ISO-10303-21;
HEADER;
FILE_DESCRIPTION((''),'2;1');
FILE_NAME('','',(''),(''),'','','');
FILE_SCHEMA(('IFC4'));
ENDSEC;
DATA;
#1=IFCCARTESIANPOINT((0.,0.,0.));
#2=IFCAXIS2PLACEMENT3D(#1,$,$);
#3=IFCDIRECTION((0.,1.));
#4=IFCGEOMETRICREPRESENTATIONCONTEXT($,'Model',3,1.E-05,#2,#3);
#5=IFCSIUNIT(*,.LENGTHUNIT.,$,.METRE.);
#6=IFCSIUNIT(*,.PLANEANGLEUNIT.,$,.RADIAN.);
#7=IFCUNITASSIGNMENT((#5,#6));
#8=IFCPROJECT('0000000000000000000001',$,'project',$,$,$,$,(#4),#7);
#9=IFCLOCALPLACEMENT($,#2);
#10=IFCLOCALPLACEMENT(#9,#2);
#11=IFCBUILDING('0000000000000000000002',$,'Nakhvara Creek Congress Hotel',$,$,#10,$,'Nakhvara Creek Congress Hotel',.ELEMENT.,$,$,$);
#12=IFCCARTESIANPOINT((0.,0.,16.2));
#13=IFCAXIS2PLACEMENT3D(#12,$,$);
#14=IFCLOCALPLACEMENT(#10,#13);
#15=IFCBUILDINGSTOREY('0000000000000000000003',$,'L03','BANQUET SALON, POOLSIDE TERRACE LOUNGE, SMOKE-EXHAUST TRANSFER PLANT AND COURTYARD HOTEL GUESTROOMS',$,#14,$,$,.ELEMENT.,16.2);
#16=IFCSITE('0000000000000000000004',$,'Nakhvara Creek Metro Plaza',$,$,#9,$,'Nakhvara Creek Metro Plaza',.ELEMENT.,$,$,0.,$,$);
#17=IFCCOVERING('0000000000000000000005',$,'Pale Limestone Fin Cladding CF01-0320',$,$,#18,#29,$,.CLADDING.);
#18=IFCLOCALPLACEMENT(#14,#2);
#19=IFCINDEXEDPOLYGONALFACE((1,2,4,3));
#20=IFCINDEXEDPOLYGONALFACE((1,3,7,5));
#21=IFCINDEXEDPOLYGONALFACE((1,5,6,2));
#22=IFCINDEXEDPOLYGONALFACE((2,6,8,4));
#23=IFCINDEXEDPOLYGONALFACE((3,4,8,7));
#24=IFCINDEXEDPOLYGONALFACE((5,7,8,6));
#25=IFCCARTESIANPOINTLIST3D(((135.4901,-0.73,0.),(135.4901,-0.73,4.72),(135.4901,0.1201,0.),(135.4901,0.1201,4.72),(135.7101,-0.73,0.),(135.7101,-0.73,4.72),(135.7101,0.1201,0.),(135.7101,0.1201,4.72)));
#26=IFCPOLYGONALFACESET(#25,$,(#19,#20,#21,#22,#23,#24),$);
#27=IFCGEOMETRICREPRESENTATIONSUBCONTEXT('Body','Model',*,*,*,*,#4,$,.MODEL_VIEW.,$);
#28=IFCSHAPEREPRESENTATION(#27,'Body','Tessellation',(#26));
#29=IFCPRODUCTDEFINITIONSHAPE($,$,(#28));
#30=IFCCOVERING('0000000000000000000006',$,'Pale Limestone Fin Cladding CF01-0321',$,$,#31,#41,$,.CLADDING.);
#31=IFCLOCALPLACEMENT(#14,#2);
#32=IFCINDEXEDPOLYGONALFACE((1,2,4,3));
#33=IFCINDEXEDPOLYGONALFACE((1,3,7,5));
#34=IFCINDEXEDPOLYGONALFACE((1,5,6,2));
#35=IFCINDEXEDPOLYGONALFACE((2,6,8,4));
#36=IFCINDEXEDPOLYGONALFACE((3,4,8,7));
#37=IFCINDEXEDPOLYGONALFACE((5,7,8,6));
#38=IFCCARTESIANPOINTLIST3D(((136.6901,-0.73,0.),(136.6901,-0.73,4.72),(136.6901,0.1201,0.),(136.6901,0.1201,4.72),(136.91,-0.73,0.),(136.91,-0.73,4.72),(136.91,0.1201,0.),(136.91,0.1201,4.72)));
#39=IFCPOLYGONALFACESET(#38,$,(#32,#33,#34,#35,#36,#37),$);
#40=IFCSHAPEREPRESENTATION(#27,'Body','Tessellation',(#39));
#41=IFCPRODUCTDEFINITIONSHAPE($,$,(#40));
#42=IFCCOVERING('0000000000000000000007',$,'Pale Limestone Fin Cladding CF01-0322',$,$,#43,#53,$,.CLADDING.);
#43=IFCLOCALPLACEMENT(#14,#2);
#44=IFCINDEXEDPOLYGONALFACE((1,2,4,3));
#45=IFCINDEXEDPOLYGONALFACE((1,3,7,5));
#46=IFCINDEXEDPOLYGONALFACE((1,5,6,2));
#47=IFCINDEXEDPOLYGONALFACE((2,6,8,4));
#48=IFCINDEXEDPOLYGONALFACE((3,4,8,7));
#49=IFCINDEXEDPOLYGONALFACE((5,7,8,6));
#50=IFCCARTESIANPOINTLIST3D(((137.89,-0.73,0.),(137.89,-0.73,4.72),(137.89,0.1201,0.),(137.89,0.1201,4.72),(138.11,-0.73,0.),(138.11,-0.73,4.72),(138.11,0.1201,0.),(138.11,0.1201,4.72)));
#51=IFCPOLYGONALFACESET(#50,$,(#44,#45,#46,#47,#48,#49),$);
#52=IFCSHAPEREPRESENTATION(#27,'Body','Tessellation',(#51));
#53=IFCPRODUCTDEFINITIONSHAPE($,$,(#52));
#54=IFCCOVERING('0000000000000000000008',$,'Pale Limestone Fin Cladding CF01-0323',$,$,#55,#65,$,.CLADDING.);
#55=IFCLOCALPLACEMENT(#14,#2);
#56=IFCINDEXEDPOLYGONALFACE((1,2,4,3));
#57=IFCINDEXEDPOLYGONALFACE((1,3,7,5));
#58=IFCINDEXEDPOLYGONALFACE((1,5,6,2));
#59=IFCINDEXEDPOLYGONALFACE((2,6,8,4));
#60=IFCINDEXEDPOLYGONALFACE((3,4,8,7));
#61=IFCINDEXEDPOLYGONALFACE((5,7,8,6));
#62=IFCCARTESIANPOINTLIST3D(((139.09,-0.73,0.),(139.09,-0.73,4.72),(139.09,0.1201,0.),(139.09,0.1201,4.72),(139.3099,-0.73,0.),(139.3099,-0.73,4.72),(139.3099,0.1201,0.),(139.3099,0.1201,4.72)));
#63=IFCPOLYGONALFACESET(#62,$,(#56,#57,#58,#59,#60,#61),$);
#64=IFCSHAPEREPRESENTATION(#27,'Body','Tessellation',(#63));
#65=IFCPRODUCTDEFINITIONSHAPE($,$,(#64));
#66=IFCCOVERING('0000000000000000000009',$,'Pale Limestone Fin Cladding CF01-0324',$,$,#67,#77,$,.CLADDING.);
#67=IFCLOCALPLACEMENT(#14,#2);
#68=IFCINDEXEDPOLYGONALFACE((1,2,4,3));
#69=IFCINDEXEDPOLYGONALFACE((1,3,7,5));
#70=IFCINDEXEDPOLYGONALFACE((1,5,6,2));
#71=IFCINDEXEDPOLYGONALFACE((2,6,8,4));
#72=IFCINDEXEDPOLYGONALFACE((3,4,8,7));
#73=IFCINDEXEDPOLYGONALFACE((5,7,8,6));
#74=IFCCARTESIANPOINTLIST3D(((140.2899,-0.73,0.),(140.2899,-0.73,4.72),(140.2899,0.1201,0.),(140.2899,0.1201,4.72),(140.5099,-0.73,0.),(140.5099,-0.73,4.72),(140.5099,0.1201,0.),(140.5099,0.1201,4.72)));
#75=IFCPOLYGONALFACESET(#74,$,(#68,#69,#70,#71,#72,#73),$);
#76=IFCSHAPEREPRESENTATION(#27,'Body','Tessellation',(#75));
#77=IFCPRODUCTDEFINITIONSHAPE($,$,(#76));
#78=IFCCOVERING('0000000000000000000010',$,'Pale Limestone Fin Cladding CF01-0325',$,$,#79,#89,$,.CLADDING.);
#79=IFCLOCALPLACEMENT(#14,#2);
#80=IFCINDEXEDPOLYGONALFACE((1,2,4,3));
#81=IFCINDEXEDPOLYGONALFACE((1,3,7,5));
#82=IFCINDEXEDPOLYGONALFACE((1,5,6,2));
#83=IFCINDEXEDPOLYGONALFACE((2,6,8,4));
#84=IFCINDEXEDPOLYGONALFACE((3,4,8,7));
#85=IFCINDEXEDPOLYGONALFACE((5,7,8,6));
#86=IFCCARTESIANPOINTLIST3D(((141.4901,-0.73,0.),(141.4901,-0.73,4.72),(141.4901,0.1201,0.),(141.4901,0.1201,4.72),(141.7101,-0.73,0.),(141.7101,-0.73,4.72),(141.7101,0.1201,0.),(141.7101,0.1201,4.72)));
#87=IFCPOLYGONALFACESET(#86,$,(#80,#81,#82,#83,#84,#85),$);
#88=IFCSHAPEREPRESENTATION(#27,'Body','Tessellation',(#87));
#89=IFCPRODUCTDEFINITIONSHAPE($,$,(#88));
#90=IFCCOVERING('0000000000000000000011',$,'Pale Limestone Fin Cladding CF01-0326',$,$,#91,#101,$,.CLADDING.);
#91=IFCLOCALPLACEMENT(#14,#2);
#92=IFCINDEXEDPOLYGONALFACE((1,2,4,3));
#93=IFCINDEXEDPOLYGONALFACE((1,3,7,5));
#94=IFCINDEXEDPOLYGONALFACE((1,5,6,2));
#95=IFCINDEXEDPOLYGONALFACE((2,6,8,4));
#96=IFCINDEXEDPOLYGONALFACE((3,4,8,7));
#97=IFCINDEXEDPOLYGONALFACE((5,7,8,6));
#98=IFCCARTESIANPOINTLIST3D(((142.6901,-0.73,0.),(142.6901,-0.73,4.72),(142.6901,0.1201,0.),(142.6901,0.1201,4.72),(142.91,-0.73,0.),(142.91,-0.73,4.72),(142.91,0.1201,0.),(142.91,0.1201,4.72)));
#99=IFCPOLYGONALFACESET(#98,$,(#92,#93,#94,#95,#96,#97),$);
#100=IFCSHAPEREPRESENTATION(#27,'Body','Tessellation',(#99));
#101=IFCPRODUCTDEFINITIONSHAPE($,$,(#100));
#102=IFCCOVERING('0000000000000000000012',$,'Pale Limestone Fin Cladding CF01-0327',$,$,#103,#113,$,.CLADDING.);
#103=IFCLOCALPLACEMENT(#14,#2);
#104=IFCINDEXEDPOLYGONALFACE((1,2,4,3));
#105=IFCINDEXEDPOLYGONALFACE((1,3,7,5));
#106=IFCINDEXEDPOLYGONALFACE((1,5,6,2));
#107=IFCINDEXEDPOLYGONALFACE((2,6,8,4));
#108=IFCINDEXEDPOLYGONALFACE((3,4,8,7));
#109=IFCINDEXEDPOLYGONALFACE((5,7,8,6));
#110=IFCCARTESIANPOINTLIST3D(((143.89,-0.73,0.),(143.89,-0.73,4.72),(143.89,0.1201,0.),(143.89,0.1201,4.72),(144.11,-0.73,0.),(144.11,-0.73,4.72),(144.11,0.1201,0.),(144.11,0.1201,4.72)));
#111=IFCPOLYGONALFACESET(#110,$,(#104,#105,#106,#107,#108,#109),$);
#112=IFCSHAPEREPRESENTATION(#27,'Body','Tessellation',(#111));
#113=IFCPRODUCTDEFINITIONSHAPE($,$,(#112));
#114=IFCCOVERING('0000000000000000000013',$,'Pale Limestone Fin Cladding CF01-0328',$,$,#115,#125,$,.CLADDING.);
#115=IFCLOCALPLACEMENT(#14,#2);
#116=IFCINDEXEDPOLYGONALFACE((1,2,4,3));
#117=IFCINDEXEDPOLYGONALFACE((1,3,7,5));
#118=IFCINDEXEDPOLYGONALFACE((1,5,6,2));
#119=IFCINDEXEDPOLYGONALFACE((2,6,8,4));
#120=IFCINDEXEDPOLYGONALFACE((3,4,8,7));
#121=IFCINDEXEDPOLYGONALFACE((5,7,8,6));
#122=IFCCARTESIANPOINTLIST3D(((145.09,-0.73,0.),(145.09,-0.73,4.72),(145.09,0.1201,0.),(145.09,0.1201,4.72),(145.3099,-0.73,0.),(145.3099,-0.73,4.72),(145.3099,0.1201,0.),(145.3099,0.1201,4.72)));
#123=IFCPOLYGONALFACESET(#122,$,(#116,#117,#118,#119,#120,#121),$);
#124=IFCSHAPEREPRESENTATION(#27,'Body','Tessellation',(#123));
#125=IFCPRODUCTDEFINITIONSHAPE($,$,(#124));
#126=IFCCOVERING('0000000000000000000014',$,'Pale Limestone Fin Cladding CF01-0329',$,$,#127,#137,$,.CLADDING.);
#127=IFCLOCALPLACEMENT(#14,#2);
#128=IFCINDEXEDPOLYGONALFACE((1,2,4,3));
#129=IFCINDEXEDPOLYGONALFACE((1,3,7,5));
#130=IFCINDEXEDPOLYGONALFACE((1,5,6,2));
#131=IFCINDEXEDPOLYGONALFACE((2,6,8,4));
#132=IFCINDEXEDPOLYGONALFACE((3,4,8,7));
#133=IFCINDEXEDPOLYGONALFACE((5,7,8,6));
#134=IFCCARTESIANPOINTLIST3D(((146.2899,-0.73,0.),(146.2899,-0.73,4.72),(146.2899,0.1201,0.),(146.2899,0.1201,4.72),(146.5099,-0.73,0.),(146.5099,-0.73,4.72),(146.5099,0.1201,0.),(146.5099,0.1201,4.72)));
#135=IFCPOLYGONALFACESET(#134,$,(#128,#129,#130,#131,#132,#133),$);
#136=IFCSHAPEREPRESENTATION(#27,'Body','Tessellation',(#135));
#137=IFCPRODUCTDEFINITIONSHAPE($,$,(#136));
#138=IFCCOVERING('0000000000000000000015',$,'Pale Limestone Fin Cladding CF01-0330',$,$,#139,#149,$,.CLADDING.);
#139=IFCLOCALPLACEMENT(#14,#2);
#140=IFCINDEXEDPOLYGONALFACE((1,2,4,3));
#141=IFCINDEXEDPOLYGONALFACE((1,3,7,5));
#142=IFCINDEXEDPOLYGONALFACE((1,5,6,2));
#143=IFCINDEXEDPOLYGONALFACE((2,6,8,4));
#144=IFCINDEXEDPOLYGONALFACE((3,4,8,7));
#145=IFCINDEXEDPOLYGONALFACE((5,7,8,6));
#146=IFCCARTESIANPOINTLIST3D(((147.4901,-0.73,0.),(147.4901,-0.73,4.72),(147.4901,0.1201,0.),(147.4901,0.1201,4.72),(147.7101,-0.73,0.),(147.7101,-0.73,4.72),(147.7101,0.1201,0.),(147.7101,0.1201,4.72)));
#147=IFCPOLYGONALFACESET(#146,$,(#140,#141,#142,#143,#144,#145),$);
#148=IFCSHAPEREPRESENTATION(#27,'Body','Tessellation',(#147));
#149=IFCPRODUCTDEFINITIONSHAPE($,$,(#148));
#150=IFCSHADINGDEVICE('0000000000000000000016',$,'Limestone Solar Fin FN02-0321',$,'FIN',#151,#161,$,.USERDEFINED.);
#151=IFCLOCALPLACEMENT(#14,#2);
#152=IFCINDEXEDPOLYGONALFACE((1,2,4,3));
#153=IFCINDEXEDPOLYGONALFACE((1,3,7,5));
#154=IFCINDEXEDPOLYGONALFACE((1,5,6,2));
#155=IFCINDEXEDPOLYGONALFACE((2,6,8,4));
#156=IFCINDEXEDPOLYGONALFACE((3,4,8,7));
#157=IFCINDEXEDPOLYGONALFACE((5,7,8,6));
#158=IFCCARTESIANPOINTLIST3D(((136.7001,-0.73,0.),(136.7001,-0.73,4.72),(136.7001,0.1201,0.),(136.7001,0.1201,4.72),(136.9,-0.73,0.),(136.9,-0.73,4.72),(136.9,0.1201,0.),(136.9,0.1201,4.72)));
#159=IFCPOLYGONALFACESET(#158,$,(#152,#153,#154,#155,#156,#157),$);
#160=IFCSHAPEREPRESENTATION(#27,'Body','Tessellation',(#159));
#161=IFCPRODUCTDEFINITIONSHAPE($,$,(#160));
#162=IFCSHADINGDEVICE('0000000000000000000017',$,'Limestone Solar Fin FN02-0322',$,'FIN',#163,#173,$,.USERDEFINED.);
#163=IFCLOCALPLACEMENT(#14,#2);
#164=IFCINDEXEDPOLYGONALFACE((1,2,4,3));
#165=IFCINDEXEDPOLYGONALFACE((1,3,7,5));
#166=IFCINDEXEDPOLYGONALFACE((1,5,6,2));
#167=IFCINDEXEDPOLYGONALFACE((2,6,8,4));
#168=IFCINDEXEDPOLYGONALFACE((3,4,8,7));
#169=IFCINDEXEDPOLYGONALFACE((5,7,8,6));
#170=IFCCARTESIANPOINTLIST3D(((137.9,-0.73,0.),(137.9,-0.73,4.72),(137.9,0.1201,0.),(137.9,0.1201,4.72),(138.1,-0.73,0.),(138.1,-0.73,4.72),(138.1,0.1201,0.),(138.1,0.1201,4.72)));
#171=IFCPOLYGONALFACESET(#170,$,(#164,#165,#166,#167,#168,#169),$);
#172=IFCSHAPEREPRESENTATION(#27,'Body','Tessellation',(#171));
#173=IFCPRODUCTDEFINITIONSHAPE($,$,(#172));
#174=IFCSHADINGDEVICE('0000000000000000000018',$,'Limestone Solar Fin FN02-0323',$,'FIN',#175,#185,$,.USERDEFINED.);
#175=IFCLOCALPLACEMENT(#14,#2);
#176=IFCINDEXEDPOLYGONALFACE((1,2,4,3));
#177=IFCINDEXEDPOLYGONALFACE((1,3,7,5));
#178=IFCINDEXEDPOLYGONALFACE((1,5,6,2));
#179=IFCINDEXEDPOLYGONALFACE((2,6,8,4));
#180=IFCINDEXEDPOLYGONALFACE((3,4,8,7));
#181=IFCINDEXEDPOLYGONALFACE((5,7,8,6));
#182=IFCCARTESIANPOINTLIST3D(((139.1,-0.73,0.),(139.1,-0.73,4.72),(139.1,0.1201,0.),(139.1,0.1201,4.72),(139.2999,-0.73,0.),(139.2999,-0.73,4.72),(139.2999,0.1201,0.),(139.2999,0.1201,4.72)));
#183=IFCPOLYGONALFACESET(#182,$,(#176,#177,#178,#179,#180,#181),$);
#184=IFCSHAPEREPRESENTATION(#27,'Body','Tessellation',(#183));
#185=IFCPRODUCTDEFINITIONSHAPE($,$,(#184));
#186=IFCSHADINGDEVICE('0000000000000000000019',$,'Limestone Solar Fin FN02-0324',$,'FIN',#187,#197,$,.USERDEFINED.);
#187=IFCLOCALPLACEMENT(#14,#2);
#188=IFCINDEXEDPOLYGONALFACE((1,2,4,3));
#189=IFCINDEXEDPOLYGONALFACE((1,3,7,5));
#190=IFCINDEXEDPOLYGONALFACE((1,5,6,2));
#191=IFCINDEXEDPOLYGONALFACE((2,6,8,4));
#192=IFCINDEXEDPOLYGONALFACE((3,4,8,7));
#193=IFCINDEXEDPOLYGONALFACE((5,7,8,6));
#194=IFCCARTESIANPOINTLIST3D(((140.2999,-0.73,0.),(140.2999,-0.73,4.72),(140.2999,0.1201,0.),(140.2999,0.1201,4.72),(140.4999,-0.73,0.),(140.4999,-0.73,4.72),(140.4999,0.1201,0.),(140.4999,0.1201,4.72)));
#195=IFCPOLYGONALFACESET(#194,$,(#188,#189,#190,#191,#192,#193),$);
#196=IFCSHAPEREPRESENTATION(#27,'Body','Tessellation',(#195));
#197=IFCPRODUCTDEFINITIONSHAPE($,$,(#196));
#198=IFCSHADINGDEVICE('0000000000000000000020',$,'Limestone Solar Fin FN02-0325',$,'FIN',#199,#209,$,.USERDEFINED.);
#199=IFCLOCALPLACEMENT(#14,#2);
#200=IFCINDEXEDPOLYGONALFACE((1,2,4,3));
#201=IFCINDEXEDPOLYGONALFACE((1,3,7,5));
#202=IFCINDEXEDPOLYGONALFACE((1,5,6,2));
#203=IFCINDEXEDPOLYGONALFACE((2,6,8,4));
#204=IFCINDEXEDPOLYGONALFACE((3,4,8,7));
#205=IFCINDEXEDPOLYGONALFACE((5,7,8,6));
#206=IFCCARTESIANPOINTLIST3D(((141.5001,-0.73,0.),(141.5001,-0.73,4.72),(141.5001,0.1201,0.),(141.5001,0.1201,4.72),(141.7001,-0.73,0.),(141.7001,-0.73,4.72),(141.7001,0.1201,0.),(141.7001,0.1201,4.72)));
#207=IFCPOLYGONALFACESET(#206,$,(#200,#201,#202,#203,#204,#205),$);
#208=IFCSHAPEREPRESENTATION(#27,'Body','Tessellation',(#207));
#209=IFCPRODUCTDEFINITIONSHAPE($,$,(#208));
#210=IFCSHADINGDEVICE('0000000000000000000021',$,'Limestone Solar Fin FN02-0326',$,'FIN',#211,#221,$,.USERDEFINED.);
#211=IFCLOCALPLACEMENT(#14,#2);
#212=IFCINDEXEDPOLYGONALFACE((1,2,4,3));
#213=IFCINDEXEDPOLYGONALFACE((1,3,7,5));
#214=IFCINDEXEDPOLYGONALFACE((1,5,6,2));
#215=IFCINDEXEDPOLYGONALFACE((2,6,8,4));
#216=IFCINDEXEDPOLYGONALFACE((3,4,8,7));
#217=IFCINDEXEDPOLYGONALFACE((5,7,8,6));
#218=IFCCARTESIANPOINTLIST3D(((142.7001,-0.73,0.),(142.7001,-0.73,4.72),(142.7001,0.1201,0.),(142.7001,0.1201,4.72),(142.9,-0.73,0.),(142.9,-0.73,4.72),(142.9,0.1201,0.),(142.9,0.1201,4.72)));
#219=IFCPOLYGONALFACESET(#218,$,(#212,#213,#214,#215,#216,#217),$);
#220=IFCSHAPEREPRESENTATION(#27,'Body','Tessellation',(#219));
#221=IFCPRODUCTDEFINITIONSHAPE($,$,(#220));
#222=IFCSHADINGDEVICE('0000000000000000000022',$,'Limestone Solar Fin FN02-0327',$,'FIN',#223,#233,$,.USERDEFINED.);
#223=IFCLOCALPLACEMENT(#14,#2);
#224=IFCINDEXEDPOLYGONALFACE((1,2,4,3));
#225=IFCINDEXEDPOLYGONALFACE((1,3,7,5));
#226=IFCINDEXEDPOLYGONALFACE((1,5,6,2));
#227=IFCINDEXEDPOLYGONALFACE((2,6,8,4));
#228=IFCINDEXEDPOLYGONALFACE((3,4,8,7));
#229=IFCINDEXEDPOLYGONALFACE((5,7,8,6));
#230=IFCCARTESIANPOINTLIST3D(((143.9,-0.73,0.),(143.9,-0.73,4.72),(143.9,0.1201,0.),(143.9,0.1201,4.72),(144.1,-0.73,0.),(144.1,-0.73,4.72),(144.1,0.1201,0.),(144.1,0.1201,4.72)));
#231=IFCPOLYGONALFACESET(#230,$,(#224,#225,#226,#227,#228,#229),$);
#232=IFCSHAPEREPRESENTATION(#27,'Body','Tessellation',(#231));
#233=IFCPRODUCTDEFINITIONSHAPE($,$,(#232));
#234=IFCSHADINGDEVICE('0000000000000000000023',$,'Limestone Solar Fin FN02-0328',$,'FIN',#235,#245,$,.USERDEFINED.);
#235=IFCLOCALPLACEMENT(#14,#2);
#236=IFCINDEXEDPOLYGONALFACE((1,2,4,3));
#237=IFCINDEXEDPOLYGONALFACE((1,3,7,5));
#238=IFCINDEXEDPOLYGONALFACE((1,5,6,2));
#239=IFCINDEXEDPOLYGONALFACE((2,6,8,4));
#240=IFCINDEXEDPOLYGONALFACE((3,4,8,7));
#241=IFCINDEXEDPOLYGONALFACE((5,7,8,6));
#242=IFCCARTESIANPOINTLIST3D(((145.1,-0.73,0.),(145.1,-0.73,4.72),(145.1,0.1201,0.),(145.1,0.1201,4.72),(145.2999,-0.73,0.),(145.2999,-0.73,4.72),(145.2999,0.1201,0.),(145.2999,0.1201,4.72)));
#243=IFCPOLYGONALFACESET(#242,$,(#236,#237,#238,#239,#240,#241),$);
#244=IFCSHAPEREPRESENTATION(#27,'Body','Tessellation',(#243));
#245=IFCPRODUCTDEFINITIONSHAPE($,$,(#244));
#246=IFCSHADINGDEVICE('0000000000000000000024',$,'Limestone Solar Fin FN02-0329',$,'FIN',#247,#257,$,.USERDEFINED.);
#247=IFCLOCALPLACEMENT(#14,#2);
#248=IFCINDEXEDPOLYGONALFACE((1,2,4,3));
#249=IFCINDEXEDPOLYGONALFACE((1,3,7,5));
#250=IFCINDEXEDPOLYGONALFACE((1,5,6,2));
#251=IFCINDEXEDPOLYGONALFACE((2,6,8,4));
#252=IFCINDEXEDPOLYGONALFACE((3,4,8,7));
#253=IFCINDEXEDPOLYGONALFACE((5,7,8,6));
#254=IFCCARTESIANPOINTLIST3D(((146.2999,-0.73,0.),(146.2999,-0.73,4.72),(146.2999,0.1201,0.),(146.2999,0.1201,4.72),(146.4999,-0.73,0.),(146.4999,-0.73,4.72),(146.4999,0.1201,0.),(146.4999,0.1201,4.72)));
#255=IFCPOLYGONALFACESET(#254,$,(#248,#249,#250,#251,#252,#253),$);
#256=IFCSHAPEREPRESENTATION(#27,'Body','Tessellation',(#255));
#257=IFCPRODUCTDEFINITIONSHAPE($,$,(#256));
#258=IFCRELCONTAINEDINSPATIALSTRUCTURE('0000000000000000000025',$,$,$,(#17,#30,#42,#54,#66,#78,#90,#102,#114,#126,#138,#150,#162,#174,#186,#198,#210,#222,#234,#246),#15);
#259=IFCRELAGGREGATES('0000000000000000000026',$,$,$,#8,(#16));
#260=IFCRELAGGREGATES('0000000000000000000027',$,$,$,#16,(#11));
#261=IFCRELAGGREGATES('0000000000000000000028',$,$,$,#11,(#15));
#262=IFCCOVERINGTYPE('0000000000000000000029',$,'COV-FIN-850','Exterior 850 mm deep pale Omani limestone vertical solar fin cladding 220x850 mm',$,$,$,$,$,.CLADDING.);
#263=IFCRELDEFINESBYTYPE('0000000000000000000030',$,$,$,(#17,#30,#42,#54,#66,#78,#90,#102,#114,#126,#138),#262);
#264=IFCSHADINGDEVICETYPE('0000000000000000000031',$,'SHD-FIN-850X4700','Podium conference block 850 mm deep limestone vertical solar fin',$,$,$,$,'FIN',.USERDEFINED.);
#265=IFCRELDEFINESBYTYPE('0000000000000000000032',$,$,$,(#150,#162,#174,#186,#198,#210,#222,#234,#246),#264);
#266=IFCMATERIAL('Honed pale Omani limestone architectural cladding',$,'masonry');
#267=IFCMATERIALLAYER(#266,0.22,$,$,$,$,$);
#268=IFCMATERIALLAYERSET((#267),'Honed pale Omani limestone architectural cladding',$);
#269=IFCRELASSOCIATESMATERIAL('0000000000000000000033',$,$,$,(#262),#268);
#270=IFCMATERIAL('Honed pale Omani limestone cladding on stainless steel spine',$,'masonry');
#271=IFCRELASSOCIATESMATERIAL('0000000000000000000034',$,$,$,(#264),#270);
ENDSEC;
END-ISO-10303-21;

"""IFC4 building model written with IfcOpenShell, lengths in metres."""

from ifc_helpers import new_model, si_unit, direction, frame, origin, origin_2d, place, context, subcontext, project, spatial, rectangle, extrude, material, layer, layer_set, type_object, element, save


model = new_model("IFC4")

# Units and contexts
model_context = context("Model", 3, precision=1e-05, world=origin(), true_north=direction((0.0, 1.0)))
body_context = subcontext(model_context, "Body", "Model", "MODEL_VIEW")
ifc_project = project(units=[si_unit("LENGTHUNIT", "METRE"), si_unit("PLANEANGLEUNIT", "RADIAN")], contexts=[model_context])

# Site, building, storey
site_placement = place(None, origin())
site = spatial("IfcSite", under=ifc_project, at=site_placement, Name="Nakhvara Creek Metro Plaza", LongName="Nakhvara Creek Metro Plaza", CompositionType="ELEMENT", RefElevation=0.0)
building_placement = place(site_placement, origin())
building = spatial("IfcBuilding", under=site, at=building_placement, Name="Nakhvara Creek Congress Hotel", LongName="Nakhvara Creek Congress Hotel", CompositionType="ELEMENT")
storey_placement = place(building_placement, frame((0.0, 0.0, 16.2)))
storey = spatial("IfcBuildingStorey", under=building, at=storey_placement, Name="L03", Description="BANQUET SALON, POOLSIDE TERRACE LOUNGE, SMOKE-EXHAUST TRANSFER PLANT AND COURTYARD HOTEL GUESTROOMS", CompositionType="ELEMENT", Elevation=16.2)

# Coverings
ifc_material_1 = material(Name="Honed pale Omani limestone architectural cladding", Category="masonry")
ifc_layer = layer(ifc_material_1, 0.22)
ifc_layer_set = layer_set([ifc_layer], Name="Honed pale Omani limestone architectural cladding")
covering_type = type_object("IfcCoveringType", Name="COV-FIN-850", Description="Exterior 850 mm deep pale Omani limestone vertical solar fin cladding 220x850 mm", PredefinedType="CLADDING", material=ifc_layer_set)
for number, where, z_axis, x_axis, name in (
    (1, (135.6001, -0.3049, 0.0), (0.0, 0.0, 1.0), (1.0, 0.0, 0.0), "Pale Limestone Fin Cladding CF01-0320"),
    (2, (136.8, -0.3049, 0.0), (0.0, 0.0, 1.0), (1.0, 0.0, 0.0), "Pale Limestone Fin Cladding CF01-0321"),
    (3, (138.0, -0.3049, 0.0), (0.0, 0.0, 1.0), (1.0, 0.0, 0.0), "Pale Limestone Fin Cladding CF01-0322"),
    (4, (139.2, -0.3049, 0.0), (0.0, 0.0, 1.0), (1.0, 0.0, 0.0), "Pale Limestone Fin Cladding CF01-0323"),
    (5, (140.3999, -0.3049, 0.0), (0.0, 0.0, 1.0), (1.0, 0.0, 0.0), "Pale Limestone Fin Cladding CF01-0324"),
    (6, (141.6001, -0.3049, 0.0), (0.0, 0.0, 1.0), (1.0, 0.0, 0.0), "Pale Limestone Fin Cladding CF01-0325"),
    (7, (142.8, -0.3049, 0.0), (0.0, 0.0, 1.0), (1.0, 0.0, 0.0), "Pale Limestone Fin Cladding CF01-0326"),
    (8, (144.0, -0.3049, 0.0), (0.0, 0.0, 1.0), (1.0, 0.0, 0.0), "Pale Limestone Fin Cladding CF01-0327"),
    (9, (145.2, -0.3049, 0.0), (0.0, 0.0, 1.0), (1.0, 0.0, 0.0), "Pale Limestone Fin Cladding CF01-0328"),
    (10, (146.3999, -0.3049, 0.0), (0.0, 0.0, 1.0), (1.0, 0.0, 0.0), "Pale Limestone Fin Cladding CF01-0329"),
    (11, (147.6001, -0.3049, 0.0), (0.0, 0.0, 1.0), (1.0, 0.0, 0.0), "Pale Limestone Fin Cladding CF01-0330"),
):
    element("IfcCovering", number, at=place(storey_placement, frame(where, z_axis=z_axis, x_axis=x_axis)), inside=storey, type_object=covering_type, Name=name, PredefinedType="CLADDING", context=body_context, shape_type="SweptSolid", body=[
        extrude(rectangle(XDim=0.22, YDim=0.8501, at=origin_2d()), origin(), (0.0, 0.0, 1.0), 4.72),
    ])

# Shading devices
ifc_material_2 = material(Name="Honed pale Omani limestone cladding on stainless steel spine", Category="masonry")
shading_device_type = type_object("IfcShadingDeviceType", Name="SHD-FIN-850X4700", Description="Podium conference block 850 mm deep limestone vertical solar fin", ElementType="FIN", PredefinedType="USERDEFINED", material=ifc_material_2)
for number, where, z_axis, x_axis, name in (
    (12, (136.8, -0.3049, 0.0), (0.0, 0.0, 1.0), (1.0, 0.0, 0.0), "Limestone Solar Fin FN02-0321"),
    (13, (138.0, -0.3049, 0.0), (0.0, 0.0, 1.0), (1.0, 0.0, 0.0), "Limestone Solar Fin FN02-0322"),
    (14, (139.2, -0.3049, 0.0), (0.0, 0.0, 1.0), (1.0, 0.0, 0.0), "Limestone Solar Fin FN02-0323"),
    (15, (140.3999, -0.3049, 0.0), (0.0, 0.0, 1.0), (1.0, 0.0, 0.0), "Limestone Solar Fin FN02-0324"),
    (16, (141.6001, -0.3049, 0.0), (0.0, 0.0, 1.0), (1.0, 0.0, 0.0), "Limestone Solar Fin FN02-0325"),
    (17, (142.8, -0.3049, 0.0), (0.0, 0.0, 1.0), (1.0, 0.0, 0.0), "Limestone Solar Fin FN02-0326"),
    (18, (144.0, -0.3049, 0.0), (0.0, 0.0, 1.0), (1.0, 0.0, 0.0), "Limestone Solar Fin FN02-0327"),
    (19, (145.2, -0.3049, 0.0), (0.0, 0.0, 1.0), (1.0, 0.0, 0.0), "Limestone Solar Fin FN02-0328"),
    (20, (146.3999, -0.3049, 0.0), (0.0, 0.0, 1.0), (1.0, 0.0, 0.0), "Limestone Solar Fin FN02-0329"),
):
    element("IfcShadingDevice", number, at=place(storey_placement, frame(where, z_axis=z_axis, x_axis=x_axis)), inside=storey, type_object=shading_device_type, Name=name, ObjectType="FIN", PredefinedType="USERDEFINED", context=body_context, shape_type="SweptSolid", body=[
        extrude(rectangle(XDim=0.2, YDim=0.8501, at=origin_2d()), origin(), (0.0, 0.0, 1.0), 4.72),
    ])

save(model, "model.ifc")
